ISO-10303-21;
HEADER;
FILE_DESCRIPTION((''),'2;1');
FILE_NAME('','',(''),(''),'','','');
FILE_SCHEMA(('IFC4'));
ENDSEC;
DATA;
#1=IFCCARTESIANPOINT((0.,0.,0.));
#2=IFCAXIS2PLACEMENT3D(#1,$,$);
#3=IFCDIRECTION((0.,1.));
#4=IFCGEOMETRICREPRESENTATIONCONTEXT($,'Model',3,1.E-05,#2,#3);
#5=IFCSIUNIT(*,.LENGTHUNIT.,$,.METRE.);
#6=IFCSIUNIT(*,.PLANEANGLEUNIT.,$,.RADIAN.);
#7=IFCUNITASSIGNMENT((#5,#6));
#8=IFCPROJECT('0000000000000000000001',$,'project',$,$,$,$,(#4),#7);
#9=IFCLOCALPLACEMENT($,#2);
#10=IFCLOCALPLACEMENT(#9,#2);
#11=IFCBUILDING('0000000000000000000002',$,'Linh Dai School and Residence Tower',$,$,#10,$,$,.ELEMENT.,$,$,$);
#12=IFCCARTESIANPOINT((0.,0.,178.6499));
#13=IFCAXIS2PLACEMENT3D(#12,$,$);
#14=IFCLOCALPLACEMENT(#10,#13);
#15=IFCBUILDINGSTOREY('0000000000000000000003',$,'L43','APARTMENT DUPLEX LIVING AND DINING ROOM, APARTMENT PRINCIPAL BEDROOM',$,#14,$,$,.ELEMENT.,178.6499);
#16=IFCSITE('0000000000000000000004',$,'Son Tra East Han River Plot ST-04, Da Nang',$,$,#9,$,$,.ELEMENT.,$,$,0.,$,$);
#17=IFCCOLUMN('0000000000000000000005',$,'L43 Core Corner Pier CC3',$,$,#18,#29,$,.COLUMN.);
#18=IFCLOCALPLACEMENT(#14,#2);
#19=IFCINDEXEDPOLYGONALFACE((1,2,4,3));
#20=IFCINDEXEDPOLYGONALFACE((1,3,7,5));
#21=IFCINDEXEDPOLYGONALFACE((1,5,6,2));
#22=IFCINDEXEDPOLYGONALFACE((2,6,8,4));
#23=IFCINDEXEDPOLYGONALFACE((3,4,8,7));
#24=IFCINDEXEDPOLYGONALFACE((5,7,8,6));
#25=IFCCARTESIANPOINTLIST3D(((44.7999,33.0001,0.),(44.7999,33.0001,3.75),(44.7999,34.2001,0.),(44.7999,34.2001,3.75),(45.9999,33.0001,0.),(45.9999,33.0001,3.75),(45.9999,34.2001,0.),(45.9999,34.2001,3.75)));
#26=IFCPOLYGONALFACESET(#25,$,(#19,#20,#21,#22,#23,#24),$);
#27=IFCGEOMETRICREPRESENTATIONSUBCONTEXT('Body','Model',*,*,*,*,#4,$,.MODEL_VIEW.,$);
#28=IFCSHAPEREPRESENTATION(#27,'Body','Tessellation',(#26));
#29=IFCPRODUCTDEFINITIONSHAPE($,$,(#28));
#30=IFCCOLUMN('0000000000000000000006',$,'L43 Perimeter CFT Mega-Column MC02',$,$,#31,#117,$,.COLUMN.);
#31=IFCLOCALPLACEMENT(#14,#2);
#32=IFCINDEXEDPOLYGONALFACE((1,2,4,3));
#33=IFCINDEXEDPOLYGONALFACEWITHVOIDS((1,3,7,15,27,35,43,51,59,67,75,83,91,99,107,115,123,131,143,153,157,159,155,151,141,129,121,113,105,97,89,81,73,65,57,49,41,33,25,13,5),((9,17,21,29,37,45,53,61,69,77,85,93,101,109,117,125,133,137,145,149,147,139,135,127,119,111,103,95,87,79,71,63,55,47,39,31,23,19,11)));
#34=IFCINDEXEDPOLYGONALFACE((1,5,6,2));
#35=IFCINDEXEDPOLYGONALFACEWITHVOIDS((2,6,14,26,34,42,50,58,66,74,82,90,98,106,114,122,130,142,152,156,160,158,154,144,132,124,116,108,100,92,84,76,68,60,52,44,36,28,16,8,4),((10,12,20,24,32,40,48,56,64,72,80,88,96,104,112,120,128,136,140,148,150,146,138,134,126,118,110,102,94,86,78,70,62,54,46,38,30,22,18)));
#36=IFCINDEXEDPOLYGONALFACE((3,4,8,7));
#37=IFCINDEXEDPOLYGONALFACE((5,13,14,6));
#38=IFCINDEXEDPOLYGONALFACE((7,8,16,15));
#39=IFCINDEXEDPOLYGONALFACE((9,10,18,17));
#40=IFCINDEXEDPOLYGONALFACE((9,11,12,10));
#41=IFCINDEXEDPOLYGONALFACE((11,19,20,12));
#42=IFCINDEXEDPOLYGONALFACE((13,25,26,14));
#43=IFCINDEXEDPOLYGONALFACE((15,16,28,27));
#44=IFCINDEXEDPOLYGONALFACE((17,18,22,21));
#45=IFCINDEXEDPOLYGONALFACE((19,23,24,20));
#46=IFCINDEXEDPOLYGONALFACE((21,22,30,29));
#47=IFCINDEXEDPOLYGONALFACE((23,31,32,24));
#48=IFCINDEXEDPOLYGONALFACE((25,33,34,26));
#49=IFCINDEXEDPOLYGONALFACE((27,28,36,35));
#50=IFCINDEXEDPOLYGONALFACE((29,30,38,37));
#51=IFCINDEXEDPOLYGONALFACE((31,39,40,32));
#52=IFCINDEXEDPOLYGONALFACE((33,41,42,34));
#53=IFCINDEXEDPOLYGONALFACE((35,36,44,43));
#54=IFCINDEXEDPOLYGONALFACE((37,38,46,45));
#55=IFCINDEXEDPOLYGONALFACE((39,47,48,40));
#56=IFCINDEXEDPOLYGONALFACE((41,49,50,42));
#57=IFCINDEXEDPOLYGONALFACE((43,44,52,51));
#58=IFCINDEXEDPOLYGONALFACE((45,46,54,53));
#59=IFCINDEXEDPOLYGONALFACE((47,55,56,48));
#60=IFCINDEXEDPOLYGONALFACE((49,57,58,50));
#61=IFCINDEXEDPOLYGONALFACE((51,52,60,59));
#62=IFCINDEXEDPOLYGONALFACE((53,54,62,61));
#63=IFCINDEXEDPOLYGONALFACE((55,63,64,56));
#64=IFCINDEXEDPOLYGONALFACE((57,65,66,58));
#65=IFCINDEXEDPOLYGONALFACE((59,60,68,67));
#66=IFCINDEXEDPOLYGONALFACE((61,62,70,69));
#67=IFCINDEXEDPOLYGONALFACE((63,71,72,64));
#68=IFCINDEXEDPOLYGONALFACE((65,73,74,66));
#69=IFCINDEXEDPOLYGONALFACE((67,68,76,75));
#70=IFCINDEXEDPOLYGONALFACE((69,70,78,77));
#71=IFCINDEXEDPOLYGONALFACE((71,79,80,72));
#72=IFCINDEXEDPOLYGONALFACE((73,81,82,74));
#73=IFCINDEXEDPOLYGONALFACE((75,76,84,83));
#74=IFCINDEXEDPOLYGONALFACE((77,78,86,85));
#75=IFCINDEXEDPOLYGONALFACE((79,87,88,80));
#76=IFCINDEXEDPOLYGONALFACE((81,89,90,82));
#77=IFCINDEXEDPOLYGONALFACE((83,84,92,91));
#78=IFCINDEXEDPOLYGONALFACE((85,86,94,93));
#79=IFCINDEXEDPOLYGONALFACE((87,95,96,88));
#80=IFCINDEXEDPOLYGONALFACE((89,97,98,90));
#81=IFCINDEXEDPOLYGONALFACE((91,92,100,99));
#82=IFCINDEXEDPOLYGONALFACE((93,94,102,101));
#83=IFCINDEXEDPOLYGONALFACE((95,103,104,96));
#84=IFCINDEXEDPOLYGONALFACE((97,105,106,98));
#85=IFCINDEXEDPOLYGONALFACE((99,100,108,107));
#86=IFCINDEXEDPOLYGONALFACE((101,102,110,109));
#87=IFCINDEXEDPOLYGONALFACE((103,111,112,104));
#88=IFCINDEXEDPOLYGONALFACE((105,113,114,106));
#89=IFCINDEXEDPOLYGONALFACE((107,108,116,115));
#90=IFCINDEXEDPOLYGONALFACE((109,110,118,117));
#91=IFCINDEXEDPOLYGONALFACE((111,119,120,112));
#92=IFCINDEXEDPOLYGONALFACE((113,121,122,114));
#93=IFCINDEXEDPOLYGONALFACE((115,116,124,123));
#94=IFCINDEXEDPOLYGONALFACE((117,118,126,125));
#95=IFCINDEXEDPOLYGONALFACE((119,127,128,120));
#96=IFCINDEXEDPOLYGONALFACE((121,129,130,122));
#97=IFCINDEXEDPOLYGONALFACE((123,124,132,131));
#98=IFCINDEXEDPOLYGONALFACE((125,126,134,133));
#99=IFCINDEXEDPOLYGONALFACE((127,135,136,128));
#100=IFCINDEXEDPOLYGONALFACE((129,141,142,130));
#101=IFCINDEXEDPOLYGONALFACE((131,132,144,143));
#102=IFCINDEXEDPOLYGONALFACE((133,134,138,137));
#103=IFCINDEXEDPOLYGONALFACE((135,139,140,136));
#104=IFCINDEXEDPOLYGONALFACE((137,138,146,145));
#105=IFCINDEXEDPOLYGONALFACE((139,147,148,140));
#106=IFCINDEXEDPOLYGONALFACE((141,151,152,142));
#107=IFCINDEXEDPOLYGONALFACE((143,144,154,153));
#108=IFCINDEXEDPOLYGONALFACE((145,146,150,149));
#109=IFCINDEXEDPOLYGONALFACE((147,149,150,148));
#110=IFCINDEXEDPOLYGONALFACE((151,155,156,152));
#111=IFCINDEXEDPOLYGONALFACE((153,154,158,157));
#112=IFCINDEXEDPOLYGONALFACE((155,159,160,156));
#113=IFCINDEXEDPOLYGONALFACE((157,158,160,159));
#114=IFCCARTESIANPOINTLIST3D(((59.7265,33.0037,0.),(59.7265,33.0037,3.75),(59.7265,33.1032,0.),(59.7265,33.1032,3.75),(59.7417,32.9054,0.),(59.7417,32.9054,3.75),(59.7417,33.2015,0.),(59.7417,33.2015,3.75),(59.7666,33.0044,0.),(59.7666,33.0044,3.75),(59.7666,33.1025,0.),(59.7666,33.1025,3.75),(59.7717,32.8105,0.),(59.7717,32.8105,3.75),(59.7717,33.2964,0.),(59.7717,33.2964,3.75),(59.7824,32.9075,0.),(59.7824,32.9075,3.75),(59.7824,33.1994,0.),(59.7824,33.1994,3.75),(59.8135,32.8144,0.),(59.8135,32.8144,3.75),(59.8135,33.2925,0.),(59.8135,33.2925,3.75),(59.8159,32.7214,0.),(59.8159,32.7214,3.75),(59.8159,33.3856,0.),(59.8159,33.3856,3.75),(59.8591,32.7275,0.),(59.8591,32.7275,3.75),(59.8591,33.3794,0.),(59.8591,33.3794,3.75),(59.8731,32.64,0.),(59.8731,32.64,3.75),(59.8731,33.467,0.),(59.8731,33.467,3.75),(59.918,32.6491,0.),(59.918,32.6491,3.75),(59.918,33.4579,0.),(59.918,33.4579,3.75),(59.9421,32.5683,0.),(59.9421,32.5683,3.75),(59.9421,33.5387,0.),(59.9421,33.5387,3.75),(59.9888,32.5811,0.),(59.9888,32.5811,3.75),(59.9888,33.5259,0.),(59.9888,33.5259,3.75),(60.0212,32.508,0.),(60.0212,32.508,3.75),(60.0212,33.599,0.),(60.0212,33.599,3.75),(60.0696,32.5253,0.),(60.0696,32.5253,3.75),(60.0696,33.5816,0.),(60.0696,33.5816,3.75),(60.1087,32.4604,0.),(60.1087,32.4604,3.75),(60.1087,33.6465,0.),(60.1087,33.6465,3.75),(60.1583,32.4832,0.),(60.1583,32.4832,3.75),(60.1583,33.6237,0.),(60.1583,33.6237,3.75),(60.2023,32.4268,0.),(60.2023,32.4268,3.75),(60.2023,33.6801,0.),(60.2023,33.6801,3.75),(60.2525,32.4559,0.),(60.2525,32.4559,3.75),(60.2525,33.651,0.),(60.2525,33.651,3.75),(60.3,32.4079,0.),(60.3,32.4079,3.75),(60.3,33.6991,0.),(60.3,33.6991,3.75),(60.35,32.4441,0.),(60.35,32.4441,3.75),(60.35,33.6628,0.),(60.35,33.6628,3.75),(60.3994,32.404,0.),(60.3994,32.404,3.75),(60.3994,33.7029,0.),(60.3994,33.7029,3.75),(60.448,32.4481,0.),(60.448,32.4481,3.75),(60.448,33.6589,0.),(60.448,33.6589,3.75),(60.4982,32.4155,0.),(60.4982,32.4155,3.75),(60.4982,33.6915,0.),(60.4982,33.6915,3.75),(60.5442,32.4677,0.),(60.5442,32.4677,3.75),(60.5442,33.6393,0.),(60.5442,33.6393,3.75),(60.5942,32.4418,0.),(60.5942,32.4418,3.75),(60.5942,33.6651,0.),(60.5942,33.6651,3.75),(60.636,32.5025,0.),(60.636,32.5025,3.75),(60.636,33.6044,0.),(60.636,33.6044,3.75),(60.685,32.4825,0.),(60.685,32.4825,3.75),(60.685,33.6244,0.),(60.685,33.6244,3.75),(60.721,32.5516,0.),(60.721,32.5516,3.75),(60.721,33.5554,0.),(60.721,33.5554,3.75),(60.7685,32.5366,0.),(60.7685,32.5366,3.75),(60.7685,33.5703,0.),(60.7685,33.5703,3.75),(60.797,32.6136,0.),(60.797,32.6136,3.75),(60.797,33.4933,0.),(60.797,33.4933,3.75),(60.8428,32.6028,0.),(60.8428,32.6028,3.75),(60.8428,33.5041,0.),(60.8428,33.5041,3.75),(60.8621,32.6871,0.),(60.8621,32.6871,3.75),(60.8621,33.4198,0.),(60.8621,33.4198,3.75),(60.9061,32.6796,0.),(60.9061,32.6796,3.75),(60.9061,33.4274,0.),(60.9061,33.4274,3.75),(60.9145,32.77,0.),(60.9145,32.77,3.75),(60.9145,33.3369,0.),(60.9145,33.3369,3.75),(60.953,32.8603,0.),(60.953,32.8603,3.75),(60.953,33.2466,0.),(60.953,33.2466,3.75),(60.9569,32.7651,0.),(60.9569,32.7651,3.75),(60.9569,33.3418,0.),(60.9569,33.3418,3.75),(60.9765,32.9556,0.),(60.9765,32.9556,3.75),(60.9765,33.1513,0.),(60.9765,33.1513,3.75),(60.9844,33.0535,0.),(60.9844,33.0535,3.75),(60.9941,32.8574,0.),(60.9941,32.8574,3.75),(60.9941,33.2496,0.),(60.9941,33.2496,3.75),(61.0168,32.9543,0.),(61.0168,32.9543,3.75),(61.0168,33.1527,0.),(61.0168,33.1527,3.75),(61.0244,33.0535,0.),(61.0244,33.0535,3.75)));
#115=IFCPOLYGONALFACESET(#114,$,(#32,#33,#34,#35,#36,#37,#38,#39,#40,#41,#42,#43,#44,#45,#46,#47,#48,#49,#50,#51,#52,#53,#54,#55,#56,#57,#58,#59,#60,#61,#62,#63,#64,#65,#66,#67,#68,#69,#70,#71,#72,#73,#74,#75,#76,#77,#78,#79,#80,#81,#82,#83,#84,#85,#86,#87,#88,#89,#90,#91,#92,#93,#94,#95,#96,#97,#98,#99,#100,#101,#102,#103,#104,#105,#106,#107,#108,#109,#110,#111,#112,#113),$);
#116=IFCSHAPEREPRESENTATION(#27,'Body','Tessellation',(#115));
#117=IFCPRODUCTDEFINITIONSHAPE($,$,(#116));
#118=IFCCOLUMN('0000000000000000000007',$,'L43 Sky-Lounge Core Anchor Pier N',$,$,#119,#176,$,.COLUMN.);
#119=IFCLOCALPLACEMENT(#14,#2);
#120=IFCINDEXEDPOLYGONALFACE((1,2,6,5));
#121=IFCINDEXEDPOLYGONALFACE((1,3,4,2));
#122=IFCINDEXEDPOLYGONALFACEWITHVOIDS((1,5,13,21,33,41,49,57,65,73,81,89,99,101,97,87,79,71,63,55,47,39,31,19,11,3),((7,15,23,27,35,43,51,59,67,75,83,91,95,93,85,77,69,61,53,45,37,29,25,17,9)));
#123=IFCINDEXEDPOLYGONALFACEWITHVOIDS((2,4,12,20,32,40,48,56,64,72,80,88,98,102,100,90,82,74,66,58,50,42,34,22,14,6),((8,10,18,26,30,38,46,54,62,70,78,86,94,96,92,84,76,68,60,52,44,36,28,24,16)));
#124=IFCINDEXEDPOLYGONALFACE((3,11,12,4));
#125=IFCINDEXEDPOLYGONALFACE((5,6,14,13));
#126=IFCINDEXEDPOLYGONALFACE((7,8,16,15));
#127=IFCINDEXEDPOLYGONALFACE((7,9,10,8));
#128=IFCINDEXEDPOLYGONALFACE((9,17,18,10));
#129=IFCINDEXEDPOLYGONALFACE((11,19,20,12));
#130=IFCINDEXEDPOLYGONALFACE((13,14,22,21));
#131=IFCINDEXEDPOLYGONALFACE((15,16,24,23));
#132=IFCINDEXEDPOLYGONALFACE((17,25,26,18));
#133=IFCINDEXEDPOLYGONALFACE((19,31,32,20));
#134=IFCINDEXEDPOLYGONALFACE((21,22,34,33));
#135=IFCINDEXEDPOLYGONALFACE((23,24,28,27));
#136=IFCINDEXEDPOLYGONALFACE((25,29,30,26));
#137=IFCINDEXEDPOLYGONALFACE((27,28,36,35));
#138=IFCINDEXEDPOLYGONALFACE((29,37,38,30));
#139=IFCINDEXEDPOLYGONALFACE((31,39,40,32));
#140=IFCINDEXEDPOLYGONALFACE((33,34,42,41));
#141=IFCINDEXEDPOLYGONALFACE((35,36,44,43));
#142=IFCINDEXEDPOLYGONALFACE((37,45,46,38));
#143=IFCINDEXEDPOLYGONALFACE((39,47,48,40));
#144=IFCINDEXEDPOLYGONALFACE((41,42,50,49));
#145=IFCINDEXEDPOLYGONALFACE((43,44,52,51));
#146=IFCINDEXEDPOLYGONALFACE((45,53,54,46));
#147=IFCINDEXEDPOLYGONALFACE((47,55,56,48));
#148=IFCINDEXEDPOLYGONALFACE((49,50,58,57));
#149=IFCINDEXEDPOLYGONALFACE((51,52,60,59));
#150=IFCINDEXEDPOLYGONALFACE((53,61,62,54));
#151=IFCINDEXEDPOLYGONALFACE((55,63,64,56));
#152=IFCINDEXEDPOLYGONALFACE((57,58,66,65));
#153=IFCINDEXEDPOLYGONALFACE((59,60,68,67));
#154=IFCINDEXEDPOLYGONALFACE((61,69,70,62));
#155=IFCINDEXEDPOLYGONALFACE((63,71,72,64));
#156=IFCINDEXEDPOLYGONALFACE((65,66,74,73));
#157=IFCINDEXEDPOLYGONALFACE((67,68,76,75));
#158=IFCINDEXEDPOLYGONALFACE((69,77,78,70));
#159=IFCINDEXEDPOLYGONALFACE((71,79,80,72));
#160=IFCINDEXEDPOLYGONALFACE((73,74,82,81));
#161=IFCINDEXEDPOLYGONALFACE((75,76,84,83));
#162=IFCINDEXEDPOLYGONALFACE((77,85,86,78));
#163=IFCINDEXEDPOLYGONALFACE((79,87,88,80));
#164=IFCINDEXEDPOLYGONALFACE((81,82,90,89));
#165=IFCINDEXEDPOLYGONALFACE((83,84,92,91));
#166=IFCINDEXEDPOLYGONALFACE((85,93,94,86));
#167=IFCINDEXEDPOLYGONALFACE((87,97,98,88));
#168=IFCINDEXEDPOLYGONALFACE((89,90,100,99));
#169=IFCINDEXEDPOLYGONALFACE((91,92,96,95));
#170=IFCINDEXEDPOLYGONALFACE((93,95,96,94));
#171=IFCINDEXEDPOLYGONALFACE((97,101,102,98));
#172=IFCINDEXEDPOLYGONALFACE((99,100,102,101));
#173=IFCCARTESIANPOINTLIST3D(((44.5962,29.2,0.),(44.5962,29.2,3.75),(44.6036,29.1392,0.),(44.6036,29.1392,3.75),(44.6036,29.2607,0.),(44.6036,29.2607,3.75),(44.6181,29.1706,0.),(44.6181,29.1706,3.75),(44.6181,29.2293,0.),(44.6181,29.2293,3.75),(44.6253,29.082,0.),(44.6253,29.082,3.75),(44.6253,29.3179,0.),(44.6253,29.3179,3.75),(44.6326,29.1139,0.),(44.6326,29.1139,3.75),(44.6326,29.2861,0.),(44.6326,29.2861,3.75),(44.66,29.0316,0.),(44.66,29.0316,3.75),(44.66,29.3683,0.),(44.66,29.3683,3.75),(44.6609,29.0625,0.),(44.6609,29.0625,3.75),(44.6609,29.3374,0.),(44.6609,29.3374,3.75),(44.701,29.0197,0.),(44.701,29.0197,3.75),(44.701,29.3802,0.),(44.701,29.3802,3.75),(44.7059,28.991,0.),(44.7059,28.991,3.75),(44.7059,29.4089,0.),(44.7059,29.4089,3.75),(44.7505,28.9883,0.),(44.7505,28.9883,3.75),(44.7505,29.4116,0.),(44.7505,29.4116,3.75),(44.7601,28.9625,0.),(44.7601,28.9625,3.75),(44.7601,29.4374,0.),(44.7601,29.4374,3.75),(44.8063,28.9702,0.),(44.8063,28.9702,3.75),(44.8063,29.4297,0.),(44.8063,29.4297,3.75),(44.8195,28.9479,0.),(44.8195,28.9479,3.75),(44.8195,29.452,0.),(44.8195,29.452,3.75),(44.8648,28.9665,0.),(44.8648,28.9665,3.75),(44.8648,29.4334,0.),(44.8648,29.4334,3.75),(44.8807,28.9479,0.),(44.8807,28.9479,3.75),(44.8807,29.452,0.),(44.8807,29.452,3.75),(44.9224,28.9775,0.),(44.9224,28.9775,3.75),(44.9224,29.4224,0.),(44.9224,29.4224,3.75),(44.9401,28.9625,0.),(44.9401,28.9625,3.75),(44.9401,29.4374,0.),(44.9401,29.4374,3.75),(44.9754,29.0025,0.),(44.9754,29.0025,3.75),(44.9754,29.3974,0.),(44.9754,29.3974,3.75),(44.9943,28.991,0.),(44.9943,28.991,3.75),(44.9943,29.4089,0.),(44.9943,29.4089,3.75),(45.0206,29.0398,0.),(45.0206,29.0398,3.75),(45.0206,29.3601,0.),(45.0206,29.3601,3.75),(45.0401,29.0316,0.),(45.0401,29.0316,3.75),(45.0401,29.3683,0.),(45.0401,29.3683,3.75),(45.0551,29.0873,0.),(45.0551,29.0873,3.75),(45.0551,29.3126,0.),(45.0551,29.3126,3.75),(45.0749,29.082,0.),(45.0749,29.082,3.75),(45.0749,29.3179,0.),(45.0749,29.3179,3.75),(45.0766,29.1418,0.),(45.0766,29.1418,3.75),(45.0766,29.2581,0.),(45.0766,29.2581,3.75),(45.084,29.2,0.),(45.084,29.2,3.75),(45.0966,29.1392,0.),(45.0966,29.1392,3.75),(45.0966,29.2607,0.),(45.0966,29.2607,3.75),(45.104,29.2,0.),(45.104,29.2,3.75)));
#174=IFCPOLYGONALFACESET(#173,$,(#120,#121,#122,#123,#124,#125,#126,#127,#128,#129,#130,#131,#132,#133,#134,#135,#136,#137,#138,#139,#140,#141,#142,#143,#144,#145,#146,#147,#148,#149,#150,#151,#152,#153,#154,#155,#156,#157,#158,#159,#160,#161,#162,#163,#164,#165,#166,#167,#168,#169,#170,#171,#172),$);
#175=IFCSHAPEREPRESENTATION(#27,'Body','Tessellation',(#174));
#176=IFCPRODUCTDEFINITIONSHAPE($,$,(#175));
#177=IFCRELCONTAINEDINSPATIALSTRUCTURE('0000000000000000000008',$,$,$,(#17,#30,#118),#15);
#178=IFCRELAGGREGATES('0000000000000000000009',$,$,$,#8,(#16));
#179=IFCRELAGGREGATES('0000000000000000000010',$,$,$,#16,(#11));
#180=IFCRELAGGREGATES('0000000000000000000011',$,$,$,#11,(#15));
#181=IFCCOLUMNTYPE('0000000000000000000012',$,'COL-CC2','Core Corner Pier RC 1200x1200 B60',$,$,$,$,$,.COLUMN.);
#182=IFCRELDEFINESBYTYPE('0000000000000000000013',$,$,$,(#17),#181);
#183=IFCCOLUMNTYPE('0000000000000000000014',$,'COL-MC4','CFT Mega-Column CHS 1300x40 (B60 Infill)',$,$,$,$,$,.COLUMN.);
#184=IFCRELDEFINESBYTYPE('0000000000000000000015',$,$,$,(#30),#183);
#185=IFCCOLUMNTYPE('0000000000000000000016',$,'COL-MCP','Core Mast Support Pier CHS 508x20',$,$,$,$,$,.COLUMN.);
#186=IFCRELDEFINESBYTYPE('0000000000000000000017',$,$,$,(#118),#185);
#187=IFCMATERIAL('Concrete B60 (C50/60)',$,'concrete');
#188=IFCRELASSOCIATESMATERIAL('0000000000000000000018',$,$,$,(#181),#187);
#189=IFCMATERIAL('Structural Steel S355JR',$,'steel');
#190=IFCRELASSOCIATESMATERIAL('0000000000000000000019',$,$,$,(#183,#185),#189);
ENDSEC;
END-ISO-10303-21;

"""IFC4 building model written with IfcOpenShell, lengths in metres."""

from ifc_helpers import new_model, si_unit, direction, frame, origin, origin_2d, place, context, subcontext, project, spatial, rectangle, hollow_circle, extrude, material, material_profile, profile_set, type_object, element, save


model = new_model("IFC4")

# Units and contexts
model_context = context("Model", 3, precision=1e-05, world=origin(), true_north=direction((0.0, 1.0)))
body_context = subcontext(model_context, "Body", "Model", "MODEL_VIEW")
ifc_project = project(units=[si_unit("LENGTHUNIT", "METRE"), si_unit("PLANEANGLEUNIT", "RADIAN")], contexts=[model_context])

# Site, building, storey
site_placement = place(None, origin())
site = spatial("IfcSite", under=ifc_project, at=site_placement, Name="Son Tra East Han River Plot ST-04, Da Nang", CompositionType="ELEMENT", RefElevation=0.0)
building_placement = place(site_placement, origin())
building = spatial("IfcBuilding", under=site, at=building_placement, Name="Linh Dai School and Residence Tower", CompositionType="ELEMENT")
storey_placement = place(building_placement, frame((0.0, 0.0, 178.6499)))
storey = spatial("IfcBuildingStorey", under=building, at=storey_placement, Name="L43", Description="APARTMENT DUPLEX LIVING AND DINING ROOM, APARTMENT PRINCIPAL BEDROOM", CompositionType="ELEMENT", Elevation=178.6499)

# Columns
ifc_material_1 = material(Name="Concrete B60 (C50/60)", Category="concrete")
ifc_material_profile_1 = material_profile(ifc_material_1, rectangle(XDim=1.2, YDim=1.2, at=origin_2d()), Name="RC 1200x1200")
ifc_profile_set_1 = profile_set([ifc_material_profile_1], Name="Concrete B60 (C50/60)")
column_type_1 = type_object("IfcColumnType", Name="COL-CC2", Description="Core Corner Pier RC 1200x1200 B60", PredefinedType="COLUMN", material=ifc_profile_set_1)
column_1_placement = place(storey_placement, frame((45.3999, 33.6001, 0.0), z_axis=(0.0, 0.0, 1.0), x_axis=(1.0, 0.0, 0.0)))
element("IfcColumn", 1, at=column_1_placement, inside=storey, type_object=column_type_1, Name="L43 Core Corner Pier CC3", PredefinedType="COLUMN", context=body_context, shape_type="SweptSolid", body=[
    extrude(rectangle(XDim=1.2, YDim=1.2, at=origin_2d()), origin(), (0.0, 0.0, 1.0), 3.75),
])
ifc_material_2 = material(Name="Structural Steel S355JR", Category="steel")
ifc_material_profile_2 = material_profile(ifc_material_2, hollow_circle(Radius=0.6499, WallThickness=0.04, at=origin_2d()), Name="CHS 1300x40")
ifc_profile_set_2 = profile_set([ifc_material_profile_2], Name="Structural Steel S355JR")
column_type_2 = type_object("IfcColumnType", Name="COL-MC4", Description="CFT Mega-Column CHS 1300x40 (B60 Infill)", PredefinedType="COLUMN", material=ifc_profile_set_2)
column_2_placement = place(storey_placement, frame((60.3745, 33.0535, 0.0), z_axis=(0.0, 0.0, 1.0), x_axis=(1.0, 0.0, 0.0)))
element("IfcColumn", 2, at=column_2_placement, inside=storey, type_object=column_type_2, Name="L43 Perimeter CFT Mega-Column MC02", PredefinedType="COLUMN", context=body_context, shape_type="SweptSolid", body=[
    extrude(hollow_circle(Radius=0.6499, WallThickness=0.04, at=origin_2d()), origin(), (0.0, 0.0, 1.0), 3.75),
])
ifc_material_profile_3 = material_profile(ifc_material_2, hollow_circle(Radius=0.2539, WallThickness=0.02, at=origin_2d()), Name="CHS 508x20")
ifc_profile_set_3 = profile_set([ifc_material_profile_3], Name="Structural Steel S355JR")
column_type_3 = type_object("IfcColumnType", Name="COL-MCP", Description="Core Mast Support Pier CHS 508x20", PredefinedType="COLUMN", material=ifc_profile_set_3)
column_3_placement = place(storey_placement, frame((44.8501, 29.2, 0.0), z_axis=(0.0, 0.0, 1.0), x_axis=(1.0, 0.0, 0.0)))
element("IfcColumn", 3, at=column_3_placement, inside=storey, type_object=column_type_3, Name="L43 Sky-Lounge Core Anchor Pier N", PredefinedType="COLUMN", context=body_context, shape_type="SweptSolid", body=[
    extrude(hollow_circle(Radius=0.2539, WallThickness=0.02, at=origin_2d()), origin(), (0.0, 0.0, 1.0), 3.75),
])

save(model, "model.ifc")
